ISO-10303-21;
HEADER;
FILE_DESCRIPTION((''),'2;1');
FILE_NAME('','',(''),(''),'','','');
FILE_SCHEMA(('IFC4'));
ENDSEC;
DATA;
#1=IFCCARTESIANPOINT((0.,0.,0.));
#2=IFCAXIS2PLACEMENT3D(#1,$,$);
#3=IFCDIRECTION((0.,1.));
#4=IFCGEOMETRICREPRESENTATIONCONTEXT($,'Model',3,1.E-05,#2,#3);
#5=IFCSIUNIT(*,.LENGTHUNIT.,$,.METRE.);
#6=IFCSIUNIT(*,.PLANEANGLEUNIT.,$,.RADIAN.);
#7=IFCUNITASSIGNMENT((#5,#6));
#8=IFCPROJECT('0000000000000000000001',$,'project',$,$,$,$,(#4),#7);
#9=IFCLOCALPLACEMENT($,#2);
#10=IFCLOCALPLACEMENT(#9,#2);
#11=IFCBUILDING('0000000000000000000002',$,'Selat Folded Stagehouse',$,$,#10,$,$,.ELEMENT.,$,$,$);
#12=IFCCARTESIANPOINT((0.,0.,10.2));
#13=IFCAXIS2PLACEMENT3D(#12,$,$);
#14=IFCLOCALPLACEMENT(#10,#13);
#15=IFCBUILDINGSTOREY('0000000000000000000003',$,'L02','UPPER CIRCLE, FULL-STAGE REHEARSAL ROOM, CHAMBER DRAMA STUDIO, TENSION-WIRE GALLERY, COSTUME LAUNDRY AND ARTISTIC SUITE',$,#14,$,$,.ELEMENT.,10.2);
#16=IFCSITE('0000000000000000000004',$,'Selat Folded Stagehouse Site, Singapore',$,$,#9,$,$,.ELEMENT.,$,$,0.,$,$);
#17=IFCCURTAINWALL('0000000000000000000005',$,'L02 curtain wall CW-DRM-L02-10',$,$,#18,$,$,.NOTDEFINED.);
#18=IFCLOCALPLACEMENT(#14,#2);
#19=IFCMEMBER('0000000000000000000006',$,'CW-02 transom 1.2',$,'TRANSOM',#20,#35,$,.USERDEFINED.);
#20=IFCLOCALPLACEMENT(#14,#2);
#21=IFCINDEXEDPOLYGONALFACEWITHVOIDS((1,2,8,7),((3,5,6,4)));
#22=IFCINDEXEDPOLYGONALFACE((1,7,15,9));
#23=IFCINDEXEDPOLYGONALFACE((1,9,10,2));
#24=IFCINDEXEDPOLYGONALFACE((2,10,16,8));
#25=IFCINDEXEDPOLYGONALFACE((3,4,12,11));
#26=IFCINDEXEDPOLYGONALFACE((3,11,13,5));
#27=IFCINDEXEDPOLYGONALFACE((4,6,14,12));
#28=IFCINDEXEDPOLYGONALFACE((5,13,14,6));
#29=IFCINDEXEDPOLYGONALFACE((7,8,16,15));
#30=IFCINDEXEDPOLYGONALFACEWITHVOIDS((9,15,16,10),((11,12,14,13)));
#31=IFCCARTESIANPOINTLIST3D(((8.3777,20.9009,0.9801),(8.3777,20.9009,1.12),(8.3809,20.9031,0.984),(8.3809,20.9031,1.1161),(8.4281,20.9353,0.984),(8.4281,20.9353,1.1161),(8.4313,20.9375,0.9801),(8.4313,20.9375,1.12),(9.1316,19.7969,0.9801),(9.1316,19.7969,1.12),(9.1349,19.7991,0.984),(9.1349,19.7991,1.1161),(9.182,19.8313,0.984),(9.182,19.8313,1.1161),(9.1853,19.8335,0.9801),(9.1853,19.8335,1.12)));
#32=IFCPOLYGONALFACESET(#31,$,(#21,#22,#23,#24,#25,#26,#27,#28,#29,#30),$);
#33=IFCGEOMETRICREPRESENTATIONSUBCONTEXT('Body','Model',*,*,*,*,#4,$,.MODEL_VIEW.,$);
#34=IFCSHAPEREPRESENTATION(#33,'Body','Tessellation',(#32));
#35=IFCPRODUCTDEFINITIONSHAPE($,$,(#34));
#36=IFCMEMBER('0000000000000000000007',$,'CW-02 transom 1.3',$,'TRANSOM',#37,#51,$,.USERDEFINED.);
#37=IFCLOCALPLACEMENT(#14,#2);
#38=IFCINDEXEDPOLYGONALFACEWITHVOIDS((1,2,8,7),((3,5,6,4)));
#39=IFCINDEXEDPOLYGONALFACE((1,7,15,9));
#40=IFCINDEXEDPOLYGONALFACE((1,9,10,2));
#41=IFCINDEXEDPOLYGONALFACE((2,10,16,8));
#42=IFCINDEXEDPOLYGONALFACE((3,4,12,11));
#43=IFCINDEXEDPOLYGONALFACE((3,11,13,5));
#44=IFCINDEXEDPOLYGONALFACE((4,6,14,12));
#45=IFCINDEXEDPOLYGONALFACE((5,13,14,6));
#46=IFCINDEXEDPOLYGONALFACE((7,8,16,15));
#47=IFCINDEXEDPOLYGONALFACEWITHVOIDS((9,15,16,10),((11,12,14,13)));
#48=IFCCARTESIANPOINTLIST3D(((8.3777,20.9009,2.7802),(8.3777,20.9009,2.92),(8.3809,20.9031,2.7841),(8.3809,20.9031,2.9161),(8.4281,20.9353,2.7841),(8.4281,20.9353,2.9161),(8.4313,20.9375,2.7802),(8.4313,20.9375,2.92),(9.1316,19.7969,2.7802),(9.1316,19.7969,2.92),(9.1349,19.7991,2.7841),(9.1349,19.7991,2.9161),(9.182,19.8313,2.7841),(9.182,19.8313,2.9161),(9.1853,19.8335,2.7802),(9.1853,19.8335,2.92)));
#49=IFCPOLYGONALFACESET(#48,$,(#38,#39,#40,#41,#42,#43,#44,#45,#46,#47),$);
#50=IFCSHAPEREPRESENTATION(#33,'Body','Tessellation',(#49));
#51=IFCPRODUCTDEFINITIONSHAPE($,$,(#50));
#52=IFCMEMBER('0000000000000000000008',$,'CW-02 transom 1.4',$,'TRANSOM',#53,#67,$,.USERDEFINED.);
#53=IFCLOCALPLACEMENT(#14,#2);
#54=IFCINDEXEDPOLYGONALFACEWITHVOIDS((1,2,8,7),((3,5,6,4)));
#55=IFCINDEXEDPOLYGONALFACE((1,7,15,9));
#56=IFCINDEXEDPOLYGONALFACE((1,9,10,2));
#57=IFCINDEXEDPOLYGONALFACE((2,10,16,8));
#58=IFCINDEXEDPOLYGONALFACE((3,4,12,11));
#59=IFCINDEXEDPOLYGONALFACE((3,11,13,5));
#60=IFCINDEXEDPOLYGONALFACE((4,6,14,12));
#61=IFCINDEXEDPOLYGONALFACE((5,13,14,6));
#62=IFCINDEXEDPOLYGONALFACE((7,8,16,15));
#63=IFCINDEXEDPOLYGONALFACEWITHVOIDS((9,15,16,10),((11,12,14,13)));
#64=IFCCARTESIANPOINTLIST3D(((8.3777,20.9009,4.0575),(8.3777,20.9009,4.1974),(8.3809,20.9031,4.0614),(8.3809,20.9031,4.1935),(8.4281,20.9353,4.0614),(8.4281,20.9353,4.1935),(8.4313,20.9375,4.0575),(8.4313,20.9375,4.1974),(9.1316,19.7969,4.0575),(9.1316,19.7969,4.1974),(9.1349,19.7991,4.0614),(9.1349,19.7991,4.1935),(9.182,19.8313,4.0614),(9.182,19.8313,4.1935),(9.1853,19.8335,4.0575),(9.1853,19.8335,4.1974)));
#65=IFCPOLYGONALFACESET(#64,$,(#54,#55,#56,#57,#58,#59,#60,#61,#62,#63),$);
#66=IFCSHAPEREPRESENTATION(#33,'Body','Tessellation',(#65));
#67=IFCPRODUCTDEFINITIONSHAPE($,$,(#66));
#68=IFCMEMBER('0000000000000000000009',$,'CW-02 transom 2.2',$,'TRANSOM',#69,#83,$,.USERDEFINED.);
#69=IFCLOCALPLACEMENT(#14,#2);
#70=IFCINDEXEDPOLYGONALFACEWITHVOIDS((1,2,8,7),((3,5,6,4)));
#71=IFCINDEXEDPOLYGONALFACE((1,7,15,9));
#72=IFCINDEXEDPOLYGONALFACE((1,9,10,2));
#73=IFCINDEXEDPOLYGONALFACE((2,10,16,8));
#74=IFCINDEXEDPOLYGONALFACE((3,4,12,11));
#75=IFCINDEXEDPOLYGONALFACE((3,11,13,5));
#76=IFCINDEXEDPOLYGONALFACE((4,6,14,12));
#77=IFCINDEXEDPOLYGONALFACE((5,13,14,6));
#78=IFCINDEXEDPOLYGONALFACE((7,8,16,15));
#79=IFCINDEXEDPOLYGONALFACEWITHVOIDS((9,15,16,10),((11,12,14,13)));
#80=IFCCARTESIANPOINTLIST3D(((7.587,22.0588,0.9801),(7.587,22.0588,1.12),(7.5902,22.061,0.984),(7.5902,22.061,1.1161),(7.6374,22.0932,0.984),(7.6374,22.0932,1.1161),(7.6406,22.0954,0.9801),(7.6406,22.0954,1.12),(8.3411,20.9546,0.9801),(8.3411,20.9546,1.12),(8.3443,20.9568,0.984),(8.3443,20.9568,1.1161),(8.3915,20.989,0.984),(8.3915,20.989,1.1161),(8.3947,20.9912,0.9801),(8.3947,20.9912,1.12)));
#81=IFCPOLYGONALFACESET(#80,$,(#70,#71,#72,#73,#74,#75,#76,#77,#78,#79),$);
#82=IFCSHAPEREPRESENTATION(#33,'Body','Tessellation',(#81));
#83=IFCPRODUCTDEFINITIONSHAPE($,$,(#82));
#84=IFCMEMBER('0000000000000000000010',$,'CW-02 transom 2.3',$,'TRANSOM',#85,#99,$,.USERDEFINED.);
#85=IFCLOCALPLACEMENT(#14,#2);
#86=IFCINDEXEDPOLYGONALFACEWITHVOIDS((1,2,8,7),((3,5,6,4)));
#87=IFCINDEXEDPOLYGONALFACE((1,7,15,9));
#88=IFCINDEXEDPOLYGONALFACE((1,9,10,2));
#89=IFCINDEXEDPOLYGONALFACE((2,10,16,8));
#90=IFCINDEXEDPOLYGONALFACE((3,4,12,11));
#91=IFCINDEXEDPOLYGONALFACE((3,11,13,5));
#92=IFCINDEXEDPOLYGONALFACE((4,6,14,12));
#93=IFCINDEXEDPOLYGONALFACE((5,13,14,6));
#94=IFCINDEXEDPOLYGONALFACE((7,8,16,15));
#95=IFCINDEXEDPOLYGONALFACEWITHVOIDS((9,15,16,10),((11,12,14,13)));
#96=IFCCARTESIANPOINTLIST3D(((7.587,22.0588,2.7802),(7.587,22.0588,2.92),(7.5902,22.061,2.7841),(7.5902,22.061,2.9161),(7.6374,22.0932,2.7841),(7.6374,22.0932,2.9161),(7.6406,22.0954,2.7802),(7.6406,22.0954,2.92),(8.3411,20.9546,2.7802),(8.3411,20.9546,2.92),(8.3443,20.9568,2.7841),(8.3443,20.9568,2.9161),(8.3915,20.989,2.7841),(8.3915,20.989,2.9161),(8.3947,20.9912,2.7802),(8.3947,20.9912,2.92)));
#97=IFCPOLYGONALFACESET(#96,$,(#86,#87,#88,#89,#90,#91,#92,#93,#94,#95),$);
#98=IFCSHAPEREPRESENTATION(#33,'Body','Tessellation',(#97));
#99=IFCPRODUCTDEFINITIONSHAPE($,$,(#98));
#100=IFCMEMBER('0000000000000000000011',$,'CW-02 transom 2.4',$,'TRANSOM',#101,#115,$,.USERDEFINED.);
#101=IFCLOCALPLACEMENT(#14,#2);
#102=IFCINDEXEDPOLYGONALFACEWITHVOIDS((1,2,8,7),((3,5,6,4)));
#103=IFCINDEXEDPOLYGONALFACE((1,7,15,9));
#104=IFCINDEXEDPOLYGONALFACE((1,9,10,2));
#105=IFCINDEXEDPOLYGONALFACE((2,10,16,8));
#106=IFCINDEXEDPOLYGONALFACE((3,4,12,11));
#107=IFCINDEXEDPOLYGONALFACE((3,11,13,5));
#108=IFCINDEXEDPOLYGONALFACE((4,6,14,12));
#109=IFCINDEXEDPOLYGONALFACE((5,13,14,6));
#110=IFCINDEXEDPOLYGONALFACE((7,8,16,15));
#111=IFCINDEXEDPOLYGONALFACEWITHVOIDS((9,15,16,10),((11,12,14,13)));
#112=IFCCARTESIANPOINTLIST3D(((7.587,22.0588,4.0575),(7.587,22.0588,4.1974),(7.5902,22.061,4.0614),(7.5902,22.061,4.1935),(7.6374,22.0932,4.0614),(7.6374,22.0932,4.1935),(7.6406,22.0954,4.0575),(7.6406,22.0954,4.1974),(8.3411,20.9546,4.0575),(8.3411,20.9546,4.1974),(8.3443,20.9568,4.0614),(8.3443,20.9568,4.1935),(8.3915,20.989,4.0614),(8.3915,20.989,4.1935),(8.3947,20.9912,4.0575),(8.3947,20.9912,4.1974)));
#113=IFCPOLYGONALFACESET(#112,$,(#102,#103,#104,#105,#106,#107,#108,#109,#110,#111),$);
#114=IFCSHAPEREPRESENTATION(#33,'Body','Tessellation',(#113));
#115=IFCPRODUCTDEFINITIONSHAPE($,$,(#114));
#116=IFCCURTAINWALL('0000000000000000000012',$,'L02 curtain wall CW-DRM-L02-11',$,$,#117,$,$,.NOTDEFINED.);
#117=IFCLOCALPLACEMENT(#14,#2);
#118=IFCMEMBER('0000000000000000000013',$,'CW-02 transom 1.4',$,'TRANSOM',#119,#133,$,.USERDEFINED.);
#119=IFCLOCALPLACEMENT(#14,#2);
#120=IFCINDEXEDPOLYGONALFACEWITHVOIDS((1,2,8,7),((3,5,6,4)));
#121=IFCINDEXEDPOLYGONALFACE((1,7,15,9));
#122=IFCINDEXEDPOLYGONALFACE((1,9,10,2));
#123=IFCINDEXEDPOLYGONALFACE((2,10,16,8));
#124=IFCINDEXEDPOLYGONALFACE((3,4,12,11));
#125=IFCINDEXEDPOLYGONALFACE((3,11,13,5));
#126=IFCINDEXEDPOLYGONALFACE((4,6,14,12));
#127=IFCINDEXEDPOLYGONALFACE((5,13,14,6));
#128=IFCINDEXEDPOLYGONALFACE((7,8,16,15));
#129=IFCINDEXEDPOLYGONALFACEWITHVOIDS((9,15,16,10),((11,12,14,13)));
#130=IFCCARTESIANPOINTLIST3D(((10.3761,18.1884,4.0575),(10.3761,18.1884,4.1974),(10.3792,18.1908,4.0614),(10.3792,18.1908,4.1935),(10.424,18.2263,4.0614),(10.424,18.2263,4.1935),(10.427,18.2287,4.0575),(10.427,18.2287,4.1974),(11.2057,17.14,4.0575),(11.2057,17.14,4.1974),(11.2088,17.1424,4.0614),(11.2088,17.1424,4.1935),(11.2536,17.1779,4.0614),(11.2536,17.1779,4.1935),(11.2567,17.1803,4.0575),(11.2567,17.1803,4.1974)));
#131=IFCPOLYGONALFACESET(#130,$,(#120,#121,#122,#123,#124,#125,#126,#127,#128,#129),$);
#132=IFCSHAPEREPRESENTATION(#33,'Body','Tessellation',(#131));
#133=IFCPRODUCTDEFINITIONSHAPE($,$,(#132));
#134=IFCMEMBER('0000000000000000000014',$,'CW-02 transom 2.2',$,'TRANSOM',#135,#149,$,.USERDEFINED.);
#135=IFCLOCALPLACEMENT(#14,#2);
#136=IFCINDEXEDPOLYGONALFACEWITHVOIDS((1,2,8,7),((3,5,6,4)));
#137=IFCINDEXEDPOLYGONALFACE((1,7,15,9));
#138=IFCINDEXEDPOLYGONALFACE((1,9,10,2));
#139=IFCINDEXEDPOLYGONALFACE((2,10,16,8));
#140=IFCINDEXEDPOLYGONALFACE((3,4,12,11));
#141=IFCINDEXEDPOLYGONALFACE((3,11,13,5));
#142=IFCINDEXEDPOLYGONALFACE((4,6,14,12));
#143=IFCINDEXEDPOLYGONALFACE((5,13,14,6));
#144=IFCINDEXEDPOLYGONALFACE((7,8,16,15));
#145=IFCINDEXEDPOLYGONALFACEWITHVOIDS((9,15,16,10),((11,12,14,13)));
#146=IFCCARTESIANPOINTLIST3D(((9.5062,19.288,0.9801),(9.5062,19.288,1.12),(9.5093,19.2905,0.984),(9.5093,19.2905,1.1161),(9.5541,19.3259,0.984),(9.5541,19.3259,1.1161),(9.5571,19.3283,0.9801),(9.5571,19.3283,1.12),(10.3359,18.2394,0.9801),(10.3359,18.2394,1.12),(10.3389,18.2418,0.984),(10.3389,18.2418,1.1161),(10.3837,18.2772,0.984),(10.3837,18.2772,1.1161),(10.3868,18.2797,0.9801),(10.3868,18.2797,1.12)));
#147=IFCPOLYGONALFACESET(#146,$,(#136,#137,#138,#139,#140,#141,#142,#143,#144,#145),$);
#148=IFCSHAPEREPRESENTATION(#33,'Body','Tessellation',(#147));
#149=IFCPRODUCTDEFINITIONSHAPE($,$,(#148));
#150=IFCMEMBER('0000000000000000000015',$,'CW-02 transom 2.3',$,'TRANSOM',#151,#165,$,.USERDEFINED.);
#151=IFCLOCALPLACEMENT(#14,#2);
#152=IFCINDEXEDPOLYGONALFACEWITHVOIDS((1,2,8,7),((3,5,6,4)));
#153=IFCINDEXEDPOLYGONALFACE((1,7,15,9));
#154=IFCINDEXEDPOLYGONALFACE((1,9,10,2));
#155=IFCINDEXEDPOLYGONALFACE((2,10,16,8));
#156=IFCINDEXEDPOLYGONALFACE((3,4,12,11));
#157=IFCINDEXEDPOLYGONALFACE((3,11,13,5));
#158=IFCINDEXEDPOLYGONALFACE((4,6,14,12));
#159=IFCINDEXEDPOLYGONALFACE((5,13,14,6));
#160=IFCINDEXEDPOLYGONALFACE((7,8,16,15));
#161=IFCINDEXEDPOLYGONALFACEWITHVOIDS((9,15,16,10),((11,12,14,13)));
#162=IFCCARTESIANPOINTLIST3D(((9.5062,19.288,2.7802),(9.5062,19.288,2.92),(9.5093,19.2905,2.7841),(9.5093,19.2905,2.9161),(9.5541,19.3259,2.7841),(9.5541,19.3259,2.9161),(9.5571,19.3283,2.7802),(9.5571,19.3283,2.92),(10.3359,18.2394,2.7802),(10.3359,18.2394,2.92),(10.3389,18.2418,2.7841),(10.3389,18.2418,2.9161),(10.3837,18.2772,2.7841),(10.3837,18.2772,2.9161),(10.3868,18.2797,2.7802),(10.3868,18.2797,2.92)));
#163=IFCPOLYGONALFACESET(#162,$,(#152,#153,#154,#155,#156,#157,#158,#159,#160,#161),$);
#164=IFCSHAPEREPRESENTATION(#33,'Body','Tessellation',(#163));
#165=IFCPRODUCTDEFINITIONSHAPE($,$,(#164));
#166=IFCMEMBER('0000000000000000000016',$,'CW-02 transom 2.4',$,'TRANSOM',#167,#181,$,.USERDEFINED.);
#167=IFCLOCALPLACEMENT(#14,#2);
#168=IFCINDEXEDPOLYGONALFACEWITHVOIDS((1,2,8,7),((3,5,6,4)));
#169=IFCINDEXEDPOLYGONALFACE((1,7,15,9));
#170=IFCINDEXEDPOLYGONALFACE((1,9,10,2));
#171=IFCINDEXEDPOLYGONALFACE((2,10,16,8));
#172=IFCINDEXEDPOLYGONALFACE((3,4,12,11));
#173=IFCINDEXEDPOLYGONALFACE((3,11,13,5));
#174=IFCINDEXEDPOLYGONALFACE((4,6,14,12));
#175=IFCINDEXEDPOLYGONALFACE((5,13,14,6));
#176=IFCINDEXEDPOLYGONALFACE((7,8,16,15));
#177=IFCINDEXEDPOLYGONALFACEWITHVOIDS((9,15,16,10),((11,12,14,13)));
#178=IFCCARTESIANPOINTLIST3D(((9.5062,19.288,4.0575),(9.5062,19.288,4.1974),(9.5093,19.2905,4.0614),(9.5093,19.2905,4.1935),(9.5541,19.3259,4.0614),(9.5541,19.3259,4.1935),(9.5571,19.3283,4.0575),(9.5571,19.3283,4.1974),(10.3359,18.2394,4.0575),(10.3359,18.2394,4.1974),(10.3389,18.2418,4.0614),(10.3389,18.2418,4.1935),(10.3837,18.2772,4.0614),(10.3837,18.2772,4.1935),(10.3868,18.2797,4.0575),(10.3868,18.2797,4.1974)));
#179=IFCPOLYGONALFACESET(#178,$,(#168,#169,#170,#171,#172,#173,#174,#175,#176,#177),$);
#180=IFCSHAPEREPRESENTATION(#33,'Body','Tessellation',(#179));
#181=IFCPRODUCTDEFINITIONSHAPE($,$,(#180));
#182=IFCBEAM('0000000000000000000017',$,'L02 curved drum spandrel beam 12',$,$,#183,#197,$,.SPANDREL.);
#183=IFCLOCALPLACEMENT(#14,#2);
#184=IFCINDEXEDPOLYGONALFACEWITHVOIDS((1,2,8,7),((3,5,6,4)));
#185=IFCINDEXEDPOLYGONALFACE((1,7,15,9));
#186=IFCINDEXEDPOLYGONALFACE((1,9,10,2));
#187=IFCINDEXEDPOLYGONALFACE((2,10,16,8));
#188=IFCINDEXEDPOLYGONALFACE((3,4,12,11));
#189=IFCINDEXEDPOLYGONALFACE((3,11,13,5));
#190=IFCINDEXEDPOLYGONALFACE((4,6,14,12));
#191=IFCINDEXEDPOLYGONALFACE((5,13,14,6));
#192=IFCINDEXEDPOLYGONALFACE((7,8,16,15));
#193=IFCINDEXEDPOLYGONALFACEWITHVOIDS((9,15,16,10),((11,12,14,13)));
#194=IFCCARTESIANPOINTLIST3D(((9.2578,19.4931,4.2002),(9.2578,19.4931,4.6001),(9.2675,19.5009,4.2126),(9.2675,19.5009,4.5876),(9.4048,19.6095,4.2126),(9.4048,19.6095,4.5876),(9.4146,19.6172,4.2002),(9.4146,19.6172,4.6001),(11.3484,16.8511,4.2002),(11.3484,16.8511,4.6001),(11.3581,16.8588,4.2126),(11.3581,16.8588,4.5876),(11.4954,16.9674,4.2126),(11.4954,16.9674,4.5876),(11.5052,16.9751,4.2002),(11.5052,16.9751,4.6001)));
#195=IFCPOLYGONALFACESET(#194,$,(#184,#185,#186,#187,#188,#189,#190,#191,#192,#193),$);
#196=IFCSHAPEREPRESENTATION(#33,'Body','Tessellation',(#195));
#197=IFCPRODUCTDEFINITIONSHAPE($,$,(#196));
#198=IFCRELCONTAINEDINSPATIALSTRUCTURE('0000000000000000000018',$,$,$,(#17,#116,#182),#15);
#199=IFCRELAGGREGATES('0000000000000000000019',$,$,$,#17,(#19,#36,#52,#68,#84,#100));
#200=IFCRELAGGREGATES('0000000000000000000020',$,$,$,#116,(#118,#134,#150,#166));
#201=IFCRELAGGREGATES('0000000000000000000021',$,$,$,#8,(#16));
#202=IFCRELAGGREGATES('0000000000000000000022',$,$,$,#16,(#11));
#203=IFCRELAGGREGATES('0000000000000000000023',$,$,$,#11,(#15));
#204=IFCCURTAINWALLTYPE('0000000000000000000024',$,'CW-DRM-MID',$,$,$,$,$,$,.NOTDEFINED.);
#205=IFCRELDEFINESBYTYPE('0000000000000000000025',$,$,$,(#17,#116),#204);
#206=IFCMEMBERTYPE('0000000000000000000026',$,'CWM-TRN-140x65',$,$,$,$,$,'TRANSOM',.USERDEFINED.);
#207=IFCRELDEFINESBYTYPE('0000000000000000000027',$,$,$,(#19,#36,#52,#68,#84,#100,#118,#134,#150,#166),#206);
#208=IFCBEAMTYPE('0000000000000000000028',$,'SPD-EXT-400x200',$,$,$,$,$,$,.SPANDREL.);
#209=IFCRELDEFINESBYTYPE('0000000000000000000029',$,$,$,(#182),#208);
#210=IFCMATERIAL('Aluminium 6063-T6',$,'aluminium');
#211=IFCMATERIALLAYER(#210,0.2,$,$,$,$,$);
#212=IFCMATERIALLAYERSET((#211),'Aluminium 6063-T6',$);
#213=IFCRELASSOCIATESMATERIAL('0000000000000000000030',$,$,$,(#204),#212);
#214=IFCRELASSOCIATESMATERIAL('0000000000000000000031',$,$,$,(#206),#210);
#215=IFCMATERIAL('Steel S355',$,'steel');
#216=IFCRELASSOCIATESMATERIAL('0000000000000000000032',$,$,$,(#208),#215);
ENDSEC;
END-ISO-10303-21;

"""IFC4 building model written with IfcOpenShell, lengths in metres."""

from ifc_helpers import new_model, si_unit, direction, frame, origin, origin_2d, place, context, subcontext, project, spatial, hollow_rectangle, extrude, material, layer, layer_set, material_profile, profile_set, type_object, element, aggregate, save


model = new_model("IFC4")

# Units and contexts
model_context = context("Model", 3, precision=1e-05, world=origin(), true_north=direction((0.0, 1.0)))
body_context = subcontext(model_context, "Body", "Model", "MODEL_VIEW")
ifc_project = project(units=[si_unit("LENGTHUNIT", "METRE"), si_unit("PLANEANGLEUNIT", "RADIAN")], contexts=[model_context])

# Site, building, storey
site_placement = place(None, origin())
site = spatial("IfcSite", under=ifc_project, at=site_placement, Name="Selat Folded Stagehouse Site, Singapore", CompositionType="ELEMENT", RefElevation=0.0)
building_placement = place(site_placement, origin())
building = spatial("IfcBuilding", under=site, at=building_placement, Name="Selat Folded Stagehouse", CompositionType="ELEMENT")
storey_placement = place(building_placement, frame((0.0, 0.0, 10.2)))
storey = spatial("IfcBuildingStorey", under=building, at=storey_placement, Name="L02", Description="UPPER CIRCLE, FULL-STAGE REHEARSAL ROOM, CHAMBER DRAMA STUDIO, TENSION-WIRE GALLERY, COSTUME LAUNDRY AND ARTISTIC SUITE", CompositionType="ELEMENT", Elevation=10.2)

# Curtain walls, members
ifc_material_1 = material(Name="Aluminium 6063-T6", Category="aluminium")
ifc_layer_1 = layer(ifc_material_1, 0.2)
ifc_layer_set_1 = layer_set([ifc_layer_1], Name="Aluminium 6063-T6")
curtain_wall_type = type_object("IfcCurtainWallType", Name="CW-DRM-MID", PredefinedType="NOTDEFINED", material=ifc_layer_set_1)
curtain_wall_1_placement = place(storey_placement, origin())
curtain_wall_1 = element("IfcCurtainWall", 1, at=curtain_wall_1_placement, inside=storey, type_object=curtain_wall_type, Name="L02 curtain wall CW-DRM-L02-10", PredefinedType="NOTDEFINED")
ifc_material_profile_1 = material_profile(ifc_material_1, hollow_rectangle(XDim=0.0649, YDim=0.1399, WallThickness=0.0039, at=origin_2d()), Name="ALU 140x65x4.0")
ifc_profile_set_1 = profile_set([ifc_material_profile_1], Name="Aluminium 6063-T6")
member_type = type_object("IfcMemberType", Name="CWM-TRN-140x65", ElementType="TRANSOM", PredefinedType="USERDEFINED", material=ifc_profile_set_1)
member_1_placement = place(storey_placement, frame((9.1584, 19.8152, 1.05), z_axis=(-0.563937, 0.825818, 0.0), x_axis=(-0.825818, -0.563937, 0.0)))
member_1 = element("IfcMember", 2, at=member_1_placement, type_object=member_type, Name="CW-02 transom 1.2", ObjectType="TRANSOM", PredefinedType="USERDEFINED", context=body_context, shape_type="SweptSolid", body=[
    extrude(hollow_rectangle(XDim=0.0649, YDim=0.1399, WallThickness=0.0039, at=origin_2d()), origin(), (0.0, 0.0, 1.0), 1.3369),
])
member_2_placement = place(storey_placement, frame((9.1584, 19.8152, 2.8501), z_axis=(-0.563937, 0.825818, 0.0), x_axis=(-0.825818, -0.563937, 0.0)))
member_2 = element("IfcMember", 3, at=member_2_placement, type_object=member_type, Name="CW-02 transom 1.3", ObjectType="TRANSOM", PredefinedType="USERDEFINED", context=body_context, shape_type="SweptSolid", body=[
    extrude(hollow_rectangle(XDim=0.0649, YDim=0.1399, WallThickness=0.0039, at=origin_2d()), origin(), (0.0, 0.0, 1.0), 1.3369),
])
member_3_placement = place(storey_placement, frame((9.1584, 19.8152, 4.1274), z_axis=(-0.563937, 0.825818, 0.0), x_axis=(-0.825818, -0.563937, 0.0)))
member_3 = element("IfcMember", 4, at=member_3_placement, type_object=member_type, Name="CW-02 transom 1.4", ObjectType="TRANSOM", PredefinedType="USERDEFINED", context=body_context, shape_type="SweptSolid", body=[
    extrude(hollow_rectangle(XDim=0.0649, YDim=0.1399, WallThickness=0.0039, at=origin_2d()), origin(), (0.0, 0.0, 1.0), 1.3369),
])
member_4_placement = place(storey_placement, frame((8.3679, 20.9729, 1.05), z_axis=(-0.563977, 0.825791, 0.0), x_axis=(-0.825791, -0.563977, 0.0)))
member_4 = element("IfcMember", 5, at=member_4_placement, type_object=member_type, Name="CW-02 transom 2.2", ObjectType="TRANSOM", PredefinedType="USERDEFINED", context=body_context, shape_type="SweptSolid", body=[
    extrude(hollow_rectangle(XDim=0.0649, YDim=0.1399, WallThickness=0.0039, at=origin_2d()), origin(), (0.0, 0.0, 1.0), 1.3372),
])
member_5_placement = place(storey_placement, frame((8.3679, 20.9729, 2.8501), z_axis=(-0.563977, 0.825791, 0.0), x_axis=(-0.825791, -0.563977, 0.0)))
member_5 = element("IfcMember", 6, at=member_5_placement, type_object=member_type, Name="CW-02 transom 2.3", ObjectType="TRANSOM", PredefinedType="USERDEFINED", context=body_context, shape_type="SweptSolid", body=[
    extrude(hollow_rectangle(XDim=0.0649, YDim=0.1399, WallThickness=0.0039, at=origin_2d()), origin(), (0.0, 0.0, 1.0), 1.3372),
])
member_6_placement = place(storey_placement, frame((8.3679, 20.9729, 4.1274), z_axis=(-0.563977, 0.825791, 0.0), x_axis=(-0.825791, -0.563977, 0.0)))
member_6 = element("IfcMember", 7, at=member_6_placement, type_object=member_type, Name="CW-02 transom 2.4", ObjectType="TRANSOM", PredefinedType="USERDEFINED", context=body_context, shape_type="SweptSolid", body=[
    extrude(hollow_rectangle(XDim=0.0649, YDim=0.1399, WallThickness=0.0039, at=origin_2d()), origin(), (0.0, 0.0, 1.0), 1.3372),
])
curtain_wall_2_placement = place(storey_placement, origin())
curtain_wall_2 = element("IfcCurtainWall", 8, at=curtain_wall_2_placement, inside=storey, type_object=curtain_wall_type, Name="L02 curtain wall CW-DRM-L02-11", PredefinedType="NOTDEFINED")
member_7_placement = place(storey_placement, frame((11.2312, 17.1602, 4.1274), z_axis=(-0.620544, 0.784172, 0.0), x_axis=(-0.784172, -0.620544, 0.0)))
member_7 = element("IfcMember", 9, at=member_7_placement, type_object=member_type, Name="CW-02 transom 1.4", ObjectType="TRANSOM", PredefinedType="USERDEFINED", context=body_context, shape_type="SweptSolid", body=[
    extrude(hollow_rectangle(XDim=0.0649, YDim=0.1399, WallThickness=0.0039, at=origin_2d()), origin(), (0.0, 0.0, 1.0), 1.3369),
])
member_8_placement = place(storey_placement, frame((10.3613, 18.2595, 1.05), z_axis=(-0.620455, 0.784242, 0.0), x_axis=(-0.784242, -0.620455, 0.0)))
member_8 = element("IfcMember", 10, at=member_8_placement, type_object=member_type, Name="CW-02 transom 2.2", ObjectType="TRANSOM", PredefinedType="USERDEFINED", context=body_context, shape_type="SweptSolid", body=[
    extrude(hollow_rectangle(XDim=0.0649, YDim=0.1399, WallThickness=0.0039, at=origin_2d()), origin(), (0.0, 0.0, 1.0), 1.3372),
])
member_9_placement = place(storey_placement, frame((10.3613, 18.2595, 2.8501), z_axis=(-0.620455, 0.784242, 0.0), x_axis=(-0.784242, -0.620455, 0.0)))
member_9 = element("IfcMember", 11, at=member_9_placement, type_object=member_type, Name="CW-02 transom 2.3", ObjectType="TRANSOM", PredefinedType="USERDEFINED", context=body_context, shape_type="SweptSolid", body=[
    extrude(hollow_rectangle(XDim=0.0649, YDim=0.1399, WallThickness=0.0039, at=origin_2d()), origin(), (0.0, 0.0, 1.0), 1.3372),
])
member_10_placement = place(storey_placement, frame((10.3613, 18.2595, 4.1274), z_axis=(-0.620455, 0.784242, 0.0), x_axis=(-0.784242, -0.620455, 0.0)))
member_10 = element("IfcMember", 12, at=member_10_placement, type_object=member_type, Name="CW-02 transom 2.4", ObjectType="TRANSOM", PredefinedType="USERDEFINED", context=body_context, shape_type="SweptSolid", body=[
    extrude(hollow_rectangle(XDim=0.0649, YDim=0.1399, WallThickness=0.0039, at=origin_2d()), origin(), (0.0, 0.0, 1.0), 1.3372),
])

# Beam
ifc_material_2 = material(Name="Steel S355", Category="steel")
ifc_material_profile_2 = material_profile(ifc_material_2, hollow_rectangle(XDim=0.2, YDim=0.3999, WallThickness=0.0125, at=origin_2d()), Name="RHS 400x200x12.5")
ifc_profile_set_2 = profile_set([ifc_material_profile_2], Name="Steel S355")
beam_type = type_object("IfcBeamType", Name="SPD-EXT-400x200", PredefinedType="SPANDREL", material=ifc_profile_set_2)
beam_placement = place(storey_placement, frame((9.3362, 19.5552, 4.4001), z_axis=(0.620506, -0.784202, 0.0), x_axis=(0.784202, 0.620506, 0.0)))
element("IfcBeam", 13, at=beam_placement, inside=storey, type_object=beam_type, Name="L02 curved drum spandrel beam 12", PredefinedType="SPANDREL", context=body_context, shape_type="SweptSolid", body=[
    extrude(hollow_rectangle(XDim=0.2, YDim=0.3999, WallThickness=0.0125, at=origin_2d()), origin(), (0.0, 0.0, 1.0), 3.3691),
])

aggregate(curtain_wall_1, [member_1, member_2, member_3, member_4, member_5, member_6])
aggregate(curtain_wall_2, [member_7, member_8, member_9, member_10])

save(model, "model.ifc")
